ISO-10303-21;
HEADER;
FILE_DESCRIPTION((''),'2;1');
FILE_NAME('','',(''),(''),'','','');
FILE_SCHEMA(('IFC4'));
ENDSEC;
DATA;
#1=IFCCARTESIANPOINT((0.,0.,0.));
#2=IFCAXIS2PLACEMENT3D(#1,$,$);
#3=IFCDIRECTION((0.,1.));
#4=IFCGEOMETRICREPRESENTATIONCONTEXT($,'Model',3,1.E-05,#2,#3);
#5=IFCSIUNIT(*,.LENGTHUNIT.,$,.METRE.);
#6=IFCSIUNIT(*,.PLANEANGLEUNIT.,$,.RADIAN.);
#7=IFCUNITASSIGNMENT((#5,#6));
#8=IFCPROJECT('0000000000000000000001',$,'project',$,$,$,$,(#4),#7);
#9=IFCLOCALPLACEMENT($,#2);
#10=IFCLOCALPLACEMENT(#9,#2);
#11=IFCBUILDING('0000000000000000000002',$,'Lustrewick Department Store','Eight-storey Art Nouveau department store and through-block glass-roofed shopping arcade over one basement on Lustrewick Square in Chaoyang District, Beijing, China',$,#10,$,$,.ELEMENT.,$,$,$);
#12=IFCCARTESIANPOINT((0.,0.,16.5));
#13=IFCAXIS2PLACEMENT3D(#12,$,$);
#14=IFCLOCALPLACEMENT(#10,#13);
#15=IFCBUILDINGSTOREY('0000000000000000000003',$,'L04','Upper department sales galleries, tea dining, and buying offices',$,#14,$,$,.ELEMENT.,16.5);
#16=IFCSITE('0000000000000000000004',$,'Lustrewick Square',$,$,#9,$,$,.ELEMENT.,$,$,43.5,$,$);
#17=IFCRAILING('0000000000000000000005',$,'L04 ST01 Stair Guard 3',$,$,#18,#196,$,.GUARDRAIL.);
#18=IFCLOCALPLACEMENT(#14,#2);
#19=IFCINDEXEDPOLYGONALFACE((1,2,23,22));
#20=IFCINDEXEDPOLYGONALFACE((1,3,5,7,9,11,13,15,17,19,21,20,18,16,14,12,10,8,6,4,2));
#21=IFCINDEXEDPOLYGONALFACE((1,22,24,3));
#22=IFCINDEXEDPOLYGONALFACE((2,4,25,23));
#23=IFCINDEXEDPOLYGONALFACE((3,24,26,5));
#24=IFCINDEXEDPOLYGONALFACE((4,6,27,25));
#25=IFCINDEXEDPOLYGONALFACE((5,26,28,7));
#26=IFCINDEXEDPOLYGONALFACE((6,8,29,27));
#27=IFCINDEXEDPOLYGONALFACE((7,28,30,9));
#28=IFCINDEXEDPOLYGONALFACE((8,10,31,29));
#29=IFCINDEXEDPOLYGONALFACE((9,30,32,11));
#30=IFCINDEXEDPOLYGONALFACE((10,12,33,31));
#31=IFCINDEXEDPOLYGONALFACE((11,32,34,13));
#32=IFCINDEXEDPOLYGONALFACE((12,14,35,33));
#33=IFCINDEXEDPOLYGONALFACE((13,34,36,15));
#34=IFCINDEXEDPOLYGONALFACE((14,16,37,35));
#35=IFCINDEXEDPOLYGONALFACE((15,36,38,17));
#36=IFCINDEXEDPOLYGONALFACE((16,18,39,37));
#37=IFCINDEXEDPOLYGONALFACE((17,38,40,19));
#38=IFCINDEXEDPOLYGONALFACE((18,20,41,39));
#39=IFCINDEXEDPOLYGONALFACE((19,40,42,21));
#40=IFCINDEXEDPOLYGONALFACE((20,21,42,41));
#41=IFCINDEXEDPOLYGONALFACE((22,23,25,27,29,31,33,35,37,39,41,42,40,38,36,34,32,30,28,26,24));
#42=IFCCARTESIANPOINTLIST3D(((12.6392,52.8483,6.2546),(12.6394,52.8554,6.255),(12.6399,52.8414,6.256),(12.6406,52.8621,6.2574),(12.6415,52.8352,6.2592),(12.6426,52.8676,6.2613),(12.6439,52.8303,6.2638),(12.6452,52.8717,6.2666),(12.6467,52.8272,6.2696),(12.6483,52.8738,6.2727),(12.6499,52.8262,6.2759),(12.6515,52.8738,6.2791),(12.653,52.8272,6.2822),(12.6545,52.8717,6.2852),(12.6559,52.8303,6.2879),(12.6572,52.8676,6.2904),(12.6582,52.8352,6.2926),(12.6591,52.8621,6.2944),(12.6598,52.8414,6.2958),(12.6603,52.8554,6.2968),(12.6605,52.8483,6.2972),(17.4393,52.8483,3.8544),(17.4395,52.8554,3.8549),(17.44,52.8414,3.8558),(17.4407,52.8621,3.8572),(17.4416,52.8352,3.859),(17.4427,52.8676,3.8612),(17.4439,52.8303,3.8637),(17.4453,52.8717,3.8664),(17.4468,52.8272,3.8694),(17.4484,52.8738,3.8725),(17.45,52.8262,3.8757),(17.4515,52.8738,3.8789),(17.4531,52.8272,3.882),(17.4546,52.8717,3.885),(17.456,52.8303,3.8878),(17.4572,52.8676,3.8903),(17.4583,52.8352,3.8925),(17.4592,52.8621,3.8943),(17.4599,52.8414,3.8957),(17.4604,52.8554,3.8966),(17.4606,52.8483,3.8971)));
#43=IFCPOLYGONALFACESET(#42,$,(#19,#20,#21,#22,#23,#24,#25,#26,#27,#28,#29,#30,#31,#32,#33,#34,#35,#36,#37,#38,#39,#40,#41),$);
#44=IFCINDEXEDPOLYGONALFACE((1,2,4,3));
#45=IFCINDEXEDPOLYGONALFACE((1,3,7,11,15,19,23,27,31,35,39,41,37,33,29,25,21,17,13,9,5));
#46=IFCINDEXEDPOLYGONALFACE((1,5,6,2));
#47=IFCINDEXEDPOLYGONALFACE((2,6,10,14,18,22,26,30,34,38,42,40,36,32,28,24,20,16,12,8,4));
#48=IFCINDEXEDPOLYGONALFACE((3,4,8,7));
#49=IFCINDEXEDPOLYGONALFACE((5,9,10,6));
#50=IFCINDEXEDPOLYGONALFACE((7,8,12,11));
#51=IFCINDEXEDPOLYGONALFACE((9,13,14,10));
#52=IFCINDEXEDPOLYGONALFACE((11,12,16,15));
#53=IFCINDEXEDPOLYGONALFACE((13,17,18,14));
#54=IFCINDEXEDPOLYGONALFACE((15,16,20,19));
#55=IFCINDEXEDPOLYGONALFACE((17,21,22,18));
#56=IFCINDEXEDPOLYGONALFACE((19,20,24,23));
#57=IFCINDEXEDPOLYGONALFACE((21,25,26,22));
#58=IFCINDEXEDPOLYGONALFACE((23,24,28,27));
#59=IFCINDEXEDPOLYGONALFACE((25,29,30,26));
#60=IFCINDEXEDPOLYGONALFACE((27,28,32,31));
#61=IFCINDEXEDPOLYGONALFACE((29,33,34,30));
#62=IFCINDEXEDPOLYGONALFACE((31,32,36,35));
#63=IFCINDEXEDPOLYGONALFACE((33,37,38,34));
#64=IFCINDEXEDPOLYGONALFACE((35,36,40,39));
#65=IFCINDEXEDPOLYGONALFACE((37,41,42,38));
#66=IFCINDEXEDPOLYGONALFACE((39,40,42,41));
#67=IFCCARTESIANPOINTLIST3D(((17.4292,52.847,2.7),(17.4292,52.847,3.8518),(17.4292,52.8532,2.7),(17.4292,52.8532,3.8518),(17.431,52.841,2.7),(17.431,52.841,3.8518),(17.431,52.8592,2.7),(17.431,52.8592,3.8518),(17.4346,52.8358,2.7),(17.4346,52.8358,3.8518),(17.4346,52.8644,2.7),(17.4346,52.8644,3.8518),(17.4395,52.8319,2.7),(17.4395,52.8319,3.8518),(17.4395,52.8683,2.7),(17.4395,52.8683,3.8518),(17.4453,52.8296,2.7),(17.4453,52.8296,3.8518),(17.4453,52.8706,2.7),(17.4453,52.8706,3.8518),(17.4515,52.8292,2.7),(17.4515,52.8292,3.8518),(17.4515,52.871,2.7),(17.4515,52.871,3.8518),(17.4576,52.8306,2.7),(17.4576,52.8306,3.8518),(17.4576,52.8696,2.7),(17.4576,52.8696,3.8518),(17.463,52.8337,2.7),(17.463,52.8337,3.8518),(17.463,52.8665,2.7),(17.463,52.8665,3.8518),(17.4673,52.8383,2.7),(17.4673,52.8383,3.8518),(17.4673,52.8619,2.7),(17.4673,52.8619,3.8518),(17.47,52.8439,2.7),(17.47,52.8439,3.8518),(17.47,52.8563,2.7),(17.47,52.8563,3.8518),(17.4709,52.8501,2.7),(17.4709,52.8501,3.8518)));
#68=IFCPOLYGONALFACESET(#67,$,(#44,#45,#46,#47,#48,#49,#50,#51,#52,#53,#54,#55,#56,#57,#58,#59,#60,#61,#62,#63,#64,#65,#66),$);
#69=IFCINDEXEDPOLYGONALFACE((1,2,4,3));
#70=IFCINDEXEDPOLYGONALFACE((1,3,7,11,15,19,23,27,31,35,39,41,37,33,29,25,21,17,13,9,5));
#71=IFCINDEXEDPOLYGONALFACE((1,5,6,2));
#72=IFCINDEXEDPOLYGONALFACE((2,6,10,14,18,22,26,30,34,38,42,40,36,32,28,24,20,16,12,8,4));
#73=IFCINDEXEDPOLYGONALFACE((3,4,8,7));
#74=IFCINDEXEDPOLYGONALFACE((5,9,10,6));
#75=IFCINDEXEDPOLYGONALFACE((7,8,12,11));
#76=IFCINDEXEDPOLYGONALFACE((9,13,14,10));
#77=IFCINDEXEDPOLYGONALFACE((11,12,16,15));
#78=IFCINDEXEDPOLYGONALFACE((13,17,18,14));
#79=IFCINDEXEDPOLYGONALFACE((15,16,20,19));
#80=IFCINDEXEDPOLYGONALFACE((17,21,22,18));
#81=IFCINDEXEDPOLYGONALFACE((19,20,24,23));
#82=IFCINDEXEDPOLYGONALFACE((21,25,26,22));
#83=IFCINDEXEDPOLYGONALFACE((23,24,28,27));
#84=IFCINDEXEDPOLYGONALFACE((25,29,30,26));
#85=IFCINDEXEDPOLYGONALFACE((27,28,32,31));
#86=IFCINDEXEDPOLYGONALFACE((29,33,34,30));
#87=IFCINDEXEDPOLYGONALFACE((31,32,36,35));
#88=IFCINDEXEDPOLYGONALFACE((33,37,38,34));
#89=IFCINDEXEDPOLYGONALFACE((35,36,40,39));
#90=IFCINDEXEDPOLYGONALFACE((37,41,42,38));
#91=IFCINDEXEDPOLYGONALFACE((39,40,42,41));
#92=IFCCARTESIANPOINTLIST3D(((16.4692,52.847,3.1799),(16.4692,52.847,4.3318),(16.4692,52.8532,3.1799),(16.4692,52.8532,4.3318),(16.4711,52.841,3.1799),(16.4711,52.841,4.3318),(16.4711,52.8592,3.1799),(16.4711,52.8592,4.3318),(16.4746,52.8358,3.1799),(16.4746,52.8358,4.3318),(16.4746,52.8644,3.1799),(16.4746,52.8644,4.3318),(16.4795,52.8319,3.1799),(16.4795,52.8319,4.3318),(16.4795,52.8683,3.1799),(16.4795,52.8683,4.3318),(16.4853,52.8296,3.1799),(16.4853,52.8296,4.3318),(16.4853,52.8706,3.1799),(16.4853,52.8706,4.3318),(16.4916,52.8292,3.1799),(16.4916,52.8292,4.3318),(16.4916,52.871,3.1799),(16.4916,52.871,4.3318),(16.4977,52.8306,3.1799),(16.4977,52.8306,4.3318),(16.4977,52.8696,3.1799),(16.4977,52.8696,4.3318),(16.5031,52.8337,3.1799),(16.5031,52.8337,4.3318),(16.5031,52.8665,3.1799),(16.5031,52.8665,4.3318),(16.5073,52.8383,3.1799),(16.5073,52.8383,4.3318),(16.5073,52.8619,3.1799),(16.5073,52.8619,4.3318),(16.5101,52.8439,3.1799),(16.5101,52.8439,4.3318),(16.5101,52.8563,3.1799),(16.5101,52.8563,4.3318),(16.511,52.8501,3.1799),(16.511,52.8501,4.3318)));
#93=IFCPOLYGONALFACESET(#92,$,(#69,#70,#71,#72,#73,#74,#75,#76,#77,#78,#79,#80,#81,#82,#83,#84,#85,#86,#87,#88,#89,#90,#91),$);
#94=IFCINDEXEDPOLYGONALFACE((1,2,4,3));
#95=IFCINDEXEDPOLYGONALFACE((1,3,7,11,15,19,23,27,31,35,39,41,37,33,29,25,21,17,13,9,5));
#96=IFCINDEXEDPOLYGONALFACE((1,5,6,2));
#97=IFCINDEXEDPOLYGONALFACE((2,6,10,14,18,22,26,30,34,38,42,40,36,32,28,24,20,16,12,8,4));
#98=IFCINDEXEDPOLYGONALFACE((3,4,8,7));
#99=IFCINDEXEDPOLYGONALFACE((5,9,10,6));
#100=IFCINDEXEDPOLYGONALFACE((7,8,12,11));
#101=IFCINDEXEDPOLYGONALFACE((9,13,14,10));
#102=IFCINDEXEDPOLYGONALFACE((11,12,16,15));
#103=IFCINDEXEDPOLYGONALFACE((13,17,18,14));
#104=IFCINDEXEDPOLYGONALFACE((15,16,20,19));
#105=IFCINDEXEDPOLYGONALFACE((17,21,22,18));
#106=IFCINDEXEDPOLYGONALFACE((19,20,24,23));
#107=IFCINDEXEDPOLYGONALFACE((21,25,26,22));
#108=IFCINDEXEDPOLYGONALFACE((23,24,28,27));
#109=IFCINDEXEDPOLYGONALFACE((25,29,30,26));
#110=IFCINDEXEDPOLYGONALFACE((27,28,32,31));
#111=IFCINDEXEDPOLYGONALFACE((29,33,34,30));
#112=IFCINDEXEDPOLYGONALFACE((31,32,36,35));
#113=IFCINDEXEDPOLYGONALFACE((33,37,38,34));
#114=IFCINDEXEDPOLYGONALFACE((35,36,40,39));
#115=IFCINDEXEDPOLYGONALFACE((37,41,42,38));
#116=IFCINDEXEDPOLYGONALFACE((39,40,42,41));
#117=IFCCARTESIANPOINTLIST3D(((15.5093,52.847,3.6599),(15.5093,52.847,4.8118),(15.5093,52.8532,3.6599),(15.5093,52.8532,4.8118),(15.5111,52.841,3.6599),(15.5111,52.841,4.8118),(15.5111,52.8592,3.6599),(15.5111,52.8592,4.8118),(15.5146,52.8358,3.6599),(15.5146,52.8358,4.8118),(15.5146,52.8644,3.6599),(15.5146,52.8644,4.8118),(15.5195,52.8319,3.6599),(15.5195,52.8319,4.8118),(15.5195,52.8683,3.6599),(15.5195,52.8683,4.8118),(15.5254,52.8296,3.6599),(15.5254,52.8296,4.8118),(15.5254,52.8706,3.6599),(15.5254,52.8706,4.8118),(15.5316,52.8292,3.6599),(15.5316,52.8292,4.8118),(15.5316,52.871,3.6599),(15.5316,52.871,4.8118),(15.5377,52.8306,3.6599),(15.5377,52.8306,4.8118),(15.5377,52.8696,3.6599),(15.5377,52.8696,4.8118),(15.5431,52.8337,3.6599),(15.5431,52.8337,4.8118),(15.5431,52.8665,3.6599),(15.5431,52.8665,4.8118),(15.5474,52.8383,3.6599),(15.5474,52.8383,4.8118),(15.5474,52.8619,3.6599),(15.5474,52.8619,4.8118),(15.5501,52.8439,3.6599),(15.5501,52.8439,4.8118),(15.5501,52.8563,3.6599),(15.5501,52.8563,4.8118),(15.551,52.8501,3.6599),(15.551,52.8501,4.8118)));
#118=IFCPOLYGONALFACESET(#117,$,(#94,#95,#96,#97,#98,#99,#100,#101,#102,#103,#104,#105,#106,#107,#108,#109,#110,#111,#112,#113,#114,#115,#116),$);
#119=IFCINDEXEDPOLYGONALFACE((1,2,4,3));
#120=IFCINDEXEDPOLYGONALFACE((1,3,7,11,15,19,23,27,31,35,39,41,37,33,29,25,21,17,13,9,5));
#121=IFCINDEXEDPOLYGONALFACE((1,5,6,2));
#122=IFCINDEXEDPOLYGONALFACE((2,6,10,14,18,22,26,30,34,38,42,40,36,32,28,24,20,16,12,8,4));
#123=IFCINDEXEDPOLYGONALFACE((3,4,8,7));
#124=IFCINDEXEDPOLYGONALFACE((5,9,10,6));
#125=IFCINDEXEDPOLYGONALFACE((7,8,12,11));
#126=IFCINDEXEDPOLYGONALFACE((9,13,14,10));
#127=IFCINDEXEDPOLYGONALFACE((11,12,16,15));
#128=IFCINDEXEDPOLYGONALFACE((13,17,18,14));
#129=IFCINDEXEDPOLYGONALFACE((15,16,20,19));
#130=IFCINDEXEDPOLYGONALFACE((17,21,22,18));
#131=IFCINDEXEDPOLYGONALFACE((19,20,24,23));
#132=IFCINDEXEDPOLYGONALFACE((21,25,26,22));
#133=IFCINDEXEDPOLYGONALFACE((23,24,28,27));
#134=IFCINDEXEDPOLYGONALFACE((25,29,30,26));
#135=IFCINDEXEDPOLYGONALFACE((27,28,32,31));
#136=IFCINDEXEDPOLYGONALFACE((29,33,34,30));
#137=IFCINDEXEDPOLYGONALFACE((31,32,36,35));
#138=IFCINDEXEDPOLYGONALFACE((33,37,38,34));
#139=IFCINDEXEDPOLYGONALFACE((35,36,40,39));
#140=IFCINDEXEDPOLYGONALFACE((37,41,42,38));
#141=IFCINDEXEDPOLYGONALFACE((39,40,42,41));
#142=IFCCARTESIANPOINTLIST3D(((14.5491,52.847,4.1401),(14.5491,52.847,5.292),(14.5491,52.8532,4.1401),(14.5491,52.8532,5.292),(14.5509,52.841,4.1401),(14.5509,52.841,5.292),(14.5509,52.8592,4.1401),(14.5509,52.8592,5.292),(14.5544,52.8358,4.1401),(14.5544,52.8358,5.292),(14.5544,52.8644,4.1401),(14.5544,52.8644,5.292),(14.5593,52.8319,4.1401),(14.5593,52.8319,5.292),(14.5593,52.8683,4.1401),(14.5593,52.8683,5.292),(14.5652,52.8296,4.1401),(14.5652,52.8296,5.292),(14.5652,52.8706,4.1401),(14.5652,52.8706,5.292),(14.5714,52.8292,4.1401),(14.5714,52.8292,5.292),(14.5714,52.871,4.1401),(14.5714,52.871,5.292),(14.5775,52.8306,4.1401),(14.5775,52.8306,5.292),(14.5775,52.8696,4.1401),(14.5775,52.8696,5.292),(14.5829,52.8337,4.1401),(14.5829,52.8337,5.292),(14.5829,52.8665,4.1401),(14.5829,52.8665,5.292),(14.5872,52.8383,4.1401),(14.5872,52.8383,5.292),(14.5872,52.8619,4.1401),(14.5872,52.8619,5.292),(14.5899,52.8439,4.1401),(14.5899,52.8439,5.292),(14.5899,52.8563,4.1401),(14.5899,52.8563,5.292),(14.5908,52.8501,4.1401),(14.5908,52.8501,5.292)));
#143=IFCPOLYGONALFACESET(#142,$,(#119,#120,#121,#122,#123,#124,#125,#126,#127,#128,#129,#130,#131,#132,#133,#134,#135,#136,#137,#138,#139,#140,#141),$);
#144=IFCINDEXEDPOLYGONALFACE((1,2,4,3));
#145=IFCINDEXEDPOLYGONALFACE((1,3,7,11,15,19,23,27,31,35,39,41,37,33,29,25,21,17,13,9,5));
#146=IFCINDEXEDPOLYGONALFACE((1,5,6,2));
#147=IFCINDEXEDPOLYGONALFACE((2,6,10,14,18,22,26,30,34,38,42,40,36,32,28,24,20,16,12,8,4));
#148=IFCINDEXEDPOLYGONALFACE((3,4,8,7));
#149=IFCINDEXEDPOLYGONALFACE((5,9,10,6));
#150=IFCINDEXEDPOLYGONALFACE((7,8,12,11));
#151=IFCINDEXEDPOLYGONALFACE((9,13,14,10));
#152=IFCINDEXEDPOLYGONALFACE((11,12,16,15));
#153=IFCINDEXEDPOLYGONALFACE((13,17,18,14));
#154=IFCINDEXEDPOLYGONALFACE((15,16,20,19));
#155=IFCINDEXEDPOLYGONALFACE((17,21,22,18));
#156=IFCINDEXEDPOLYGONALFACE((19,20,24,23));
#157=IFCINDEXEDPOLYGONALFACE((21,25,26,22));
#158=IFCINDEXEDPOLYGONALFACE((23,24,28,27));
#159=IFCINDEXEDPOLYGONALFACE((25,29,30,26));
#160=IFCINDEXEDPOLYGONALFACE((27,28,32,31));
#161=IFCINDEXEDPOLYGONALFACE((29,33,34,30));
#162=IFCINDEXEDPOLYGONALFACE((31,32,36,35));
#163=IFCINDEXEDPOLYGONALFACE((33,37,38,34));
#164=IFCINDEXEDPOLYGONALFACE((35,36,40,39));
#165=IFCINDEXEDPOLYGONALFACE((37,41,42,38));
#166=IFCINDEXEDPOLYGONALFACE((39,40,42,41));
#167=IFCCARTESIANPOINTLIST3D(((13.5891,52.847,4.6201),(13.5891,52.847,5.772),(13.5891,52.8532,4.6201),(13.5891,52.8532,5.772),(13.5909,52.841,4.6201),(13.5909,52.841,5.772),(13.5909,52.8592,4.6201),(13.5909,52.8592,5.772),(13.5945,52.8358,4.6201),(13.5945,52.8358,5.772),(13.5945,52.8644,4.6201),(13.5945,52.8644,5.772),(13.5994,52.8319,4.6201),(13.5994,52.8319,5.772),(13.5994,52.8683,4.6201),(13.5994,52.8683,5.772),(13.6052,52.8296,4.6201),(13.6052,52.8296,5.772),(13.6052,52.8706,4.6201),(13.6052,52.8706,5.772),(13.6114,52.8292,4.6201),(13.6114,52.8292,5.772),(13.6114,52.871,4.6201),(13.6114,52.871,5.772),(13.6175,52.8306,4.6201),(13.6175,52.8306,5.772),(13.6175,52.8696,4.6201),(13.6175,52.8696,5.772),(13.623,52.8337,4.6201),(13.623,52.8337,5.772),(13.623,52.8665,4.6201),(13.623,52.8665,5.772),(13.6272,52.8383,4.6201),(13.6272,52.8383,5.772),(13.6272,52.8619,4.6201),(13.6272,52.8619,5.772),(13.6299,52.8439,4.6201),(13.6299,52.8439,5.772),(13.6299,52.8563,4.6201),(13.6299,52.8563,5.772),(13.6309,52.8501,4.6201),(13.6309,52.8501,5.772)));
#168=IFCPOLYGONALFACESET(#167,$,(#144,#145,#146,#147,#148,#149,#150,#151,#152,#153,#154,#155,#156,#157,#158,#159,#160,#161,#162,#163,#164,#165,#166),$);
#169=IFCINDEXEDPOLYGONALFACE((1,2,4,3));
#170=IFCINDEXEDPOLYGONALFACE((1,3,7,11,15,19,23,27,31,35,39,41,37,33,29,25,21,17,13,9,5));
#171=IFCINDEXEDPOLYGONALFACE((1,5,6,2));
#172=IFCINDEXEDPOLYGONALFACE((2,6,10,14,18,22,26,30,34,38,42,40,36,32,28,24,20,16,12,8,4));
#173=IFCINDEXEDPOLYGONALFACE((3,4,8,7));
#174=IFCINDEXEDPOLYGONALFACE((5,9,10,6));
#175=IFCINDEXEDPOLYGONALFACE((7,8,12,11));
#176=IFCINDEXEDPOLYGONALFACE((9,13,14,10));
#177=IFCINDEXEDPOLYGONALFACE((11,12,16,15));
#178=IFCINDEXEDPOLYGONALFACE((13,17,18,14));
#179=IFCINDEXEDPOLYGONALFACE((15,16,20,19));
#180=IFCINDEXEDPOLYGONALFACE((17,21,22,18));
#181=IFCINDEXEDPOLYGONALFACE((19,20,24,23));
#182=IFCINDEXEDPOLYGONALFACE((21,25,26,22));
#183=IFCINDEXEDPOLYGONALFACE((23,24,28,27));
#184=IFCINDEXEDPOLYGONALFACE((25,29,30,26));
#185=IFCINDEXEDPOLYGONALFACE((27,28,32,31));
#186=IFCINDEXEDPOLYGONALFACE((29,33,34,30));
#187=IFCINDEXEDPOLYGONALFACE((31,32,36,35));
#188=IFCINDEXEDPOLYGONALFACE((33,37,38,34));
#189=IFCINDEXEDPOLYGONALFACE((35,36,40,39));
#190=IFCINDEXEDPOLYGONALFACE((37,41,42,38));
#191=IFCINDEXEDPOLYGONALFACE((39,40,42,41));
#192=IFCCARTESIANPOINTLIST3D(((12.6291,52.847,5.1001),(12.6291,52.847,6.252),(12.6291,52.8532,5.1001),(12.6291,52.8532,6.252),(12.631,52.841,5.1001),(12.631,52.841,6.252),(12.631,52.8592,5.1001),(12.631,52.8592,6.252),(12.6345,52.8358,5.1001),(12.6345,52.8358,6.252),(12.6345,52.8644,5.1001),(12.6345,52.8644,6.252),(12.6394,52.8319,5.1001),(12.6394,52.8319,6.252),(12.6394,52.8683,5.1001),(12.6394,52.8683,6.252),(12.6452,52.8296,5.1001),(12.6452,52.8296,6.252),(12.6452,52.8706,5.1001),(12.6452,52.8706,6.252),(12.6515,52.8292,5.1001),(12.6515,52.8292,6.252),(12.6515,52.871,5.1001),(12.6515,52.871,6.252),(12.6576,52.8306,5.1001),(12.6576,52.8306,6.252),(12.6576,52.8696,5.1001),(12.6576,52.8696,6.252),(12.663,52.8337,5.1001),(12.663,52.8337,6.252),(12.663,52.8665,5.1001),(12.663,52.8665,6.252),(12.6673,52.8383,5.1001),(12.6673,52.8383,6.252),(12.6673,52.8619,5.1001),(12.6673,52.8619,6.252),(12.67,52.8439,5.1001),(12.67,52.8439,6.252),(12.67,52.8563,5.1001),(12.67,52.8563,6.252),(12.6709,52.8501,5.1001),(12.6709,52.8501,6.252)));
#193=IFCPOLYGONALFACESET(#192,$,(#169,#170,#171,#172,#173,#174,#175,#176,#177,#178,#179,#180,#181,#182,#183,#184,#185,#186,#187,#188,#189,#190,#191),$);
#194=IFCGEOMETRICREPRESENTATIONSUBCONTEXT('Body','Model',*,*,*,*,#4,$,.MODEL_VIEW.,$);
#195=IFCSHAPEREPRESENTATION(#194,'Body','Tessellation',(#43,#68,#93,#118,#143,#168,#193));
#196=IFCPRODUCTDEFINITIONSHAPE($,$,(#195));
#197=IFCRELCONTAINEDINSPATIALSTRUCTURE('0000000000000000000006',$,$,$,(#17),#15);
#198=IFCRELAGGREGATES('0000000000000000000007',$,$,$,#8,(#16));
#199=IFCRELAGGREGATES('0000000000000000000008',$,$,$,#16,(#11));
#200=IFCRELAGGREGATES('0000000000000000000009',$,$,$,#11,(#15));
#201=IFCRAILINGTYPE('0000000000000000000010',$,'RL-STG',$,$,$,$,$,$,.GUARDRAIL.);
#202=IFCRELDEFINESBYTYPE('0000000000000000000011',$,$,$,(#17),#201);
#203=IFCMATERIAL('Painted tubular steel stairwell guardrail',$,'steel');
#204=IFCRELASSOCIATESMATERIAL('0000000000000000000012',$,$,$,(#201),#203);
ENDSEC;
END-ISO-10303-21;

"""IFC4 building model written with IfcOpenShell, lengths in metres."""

from ifc_helpers import new_model, si_unit, direction, frame, origin, origin_2d, place, context, subcontext, project, spatial, circle, extrude, material, type_object, element, save


model = new_model("IFC4")

# Units and contexts
model_context = context("Model", 3, precision=1e-05, world=origin(), true_north=direction((0.0, 1.0)))
body_context = subcontext(model_context, "Body", "Model", "MODEL_VIEW")
ifc_project = project(units=[si_unit("LENGTHUNIT", "METRE"), si_unit("PLANEANGLEUNIT", "RADIAN")], contexts=[model_context])

# Site, building, storey
site_placement = place(None, origin())
site = spatial("IfcSite", under=ifc_project, at=site_placement, Name="Lustrewick Square", CompositionType="ELEMENT", RefElevation=43.5)
building_placement = place(site_placement, origin())
building = spatial("IfcBuilding", under=site, at=building_placement, Name="Lustrewick Department Store", Description="Eight-storey Art Nouveau department store and through-block glass-roofed shopping arcade over one basement on Lustrewick Square in Chaoyang District, Beijing, China", CompositionType="ELEMENT")
storey_placement = place(building_placement, frame((0.0, 0.0, 16.5)))
storey = spatial("IfcBuildingStorey", under=building, at=storey_placement, Name="L04", Description="Upper department sales galleries, tea dining, and buying offices", CompositionType="ELEMENT", Elevation=16.5)

# Railing
ifc_material_1 = material(Name="Painted tubular steel stairwell guardrail", Category="steel")
railing_type_1 = type_object("IfcRailingType", Name="RL-STG", PredefinedType="GUARDRAIL", material=ifc_material_1)
railing_1_placement = place(storey_placement, frame((17.45, 52.8501, 2.7)))
element("IfcRailing", 1, at=railing_1_placement, inside=storey, type_object=railing_type_1, Name="L04 ST01 Stair Guard 3", PredefinedType="GUARDRAIL", context=body_context, shape_type="SweptSolid", body=[
    extrude(circle(Radius=0.0239, at=origin_2d()), frame((0.0, 0.0, 1.1758), z_axis=(-0.894418, 0.0, 0.447232), x_axis=(0.0, -1.0, 0.0)), (0.0, 0.0, 1.0), 5.3667),
    extrude(circle(Radius=0.021, at=origin_2d()), origin(), (0.0, 0.0, 1.0), 1.1519),
    extrude(circle(Radius=0.021, at=origin_2d()), frame((-0.96, 0.0, 0.48)), (0.0, 0.0, 1.0), 1.1519),
    extrude(circle(Radius=0.021, at=origin_2d()), frame((-1.9199, 0.0, 0.96)), (0.0, 0.0, 1.0), 1.1519),
    extrude(circle(Radius=0.021, at=origin_2d()), frame((-2.8801, 0.0, 1.4402)), (0.0, 0.0, 1.0), 1.1519),
    extrude(circle(Radius=0.021, at=origin_2d()), frame((-3.8401, 0.0, 1.9202)), (0.0, 0.0, 1.0), 1.1519),
    extrude(circle(Radius=0.021, at=origin_2d()), frame((-4.8, 0.0, 2.4001)), (0.0, 0.0, 1.0), 1.1519),
])

save(model, "model.ifc")
